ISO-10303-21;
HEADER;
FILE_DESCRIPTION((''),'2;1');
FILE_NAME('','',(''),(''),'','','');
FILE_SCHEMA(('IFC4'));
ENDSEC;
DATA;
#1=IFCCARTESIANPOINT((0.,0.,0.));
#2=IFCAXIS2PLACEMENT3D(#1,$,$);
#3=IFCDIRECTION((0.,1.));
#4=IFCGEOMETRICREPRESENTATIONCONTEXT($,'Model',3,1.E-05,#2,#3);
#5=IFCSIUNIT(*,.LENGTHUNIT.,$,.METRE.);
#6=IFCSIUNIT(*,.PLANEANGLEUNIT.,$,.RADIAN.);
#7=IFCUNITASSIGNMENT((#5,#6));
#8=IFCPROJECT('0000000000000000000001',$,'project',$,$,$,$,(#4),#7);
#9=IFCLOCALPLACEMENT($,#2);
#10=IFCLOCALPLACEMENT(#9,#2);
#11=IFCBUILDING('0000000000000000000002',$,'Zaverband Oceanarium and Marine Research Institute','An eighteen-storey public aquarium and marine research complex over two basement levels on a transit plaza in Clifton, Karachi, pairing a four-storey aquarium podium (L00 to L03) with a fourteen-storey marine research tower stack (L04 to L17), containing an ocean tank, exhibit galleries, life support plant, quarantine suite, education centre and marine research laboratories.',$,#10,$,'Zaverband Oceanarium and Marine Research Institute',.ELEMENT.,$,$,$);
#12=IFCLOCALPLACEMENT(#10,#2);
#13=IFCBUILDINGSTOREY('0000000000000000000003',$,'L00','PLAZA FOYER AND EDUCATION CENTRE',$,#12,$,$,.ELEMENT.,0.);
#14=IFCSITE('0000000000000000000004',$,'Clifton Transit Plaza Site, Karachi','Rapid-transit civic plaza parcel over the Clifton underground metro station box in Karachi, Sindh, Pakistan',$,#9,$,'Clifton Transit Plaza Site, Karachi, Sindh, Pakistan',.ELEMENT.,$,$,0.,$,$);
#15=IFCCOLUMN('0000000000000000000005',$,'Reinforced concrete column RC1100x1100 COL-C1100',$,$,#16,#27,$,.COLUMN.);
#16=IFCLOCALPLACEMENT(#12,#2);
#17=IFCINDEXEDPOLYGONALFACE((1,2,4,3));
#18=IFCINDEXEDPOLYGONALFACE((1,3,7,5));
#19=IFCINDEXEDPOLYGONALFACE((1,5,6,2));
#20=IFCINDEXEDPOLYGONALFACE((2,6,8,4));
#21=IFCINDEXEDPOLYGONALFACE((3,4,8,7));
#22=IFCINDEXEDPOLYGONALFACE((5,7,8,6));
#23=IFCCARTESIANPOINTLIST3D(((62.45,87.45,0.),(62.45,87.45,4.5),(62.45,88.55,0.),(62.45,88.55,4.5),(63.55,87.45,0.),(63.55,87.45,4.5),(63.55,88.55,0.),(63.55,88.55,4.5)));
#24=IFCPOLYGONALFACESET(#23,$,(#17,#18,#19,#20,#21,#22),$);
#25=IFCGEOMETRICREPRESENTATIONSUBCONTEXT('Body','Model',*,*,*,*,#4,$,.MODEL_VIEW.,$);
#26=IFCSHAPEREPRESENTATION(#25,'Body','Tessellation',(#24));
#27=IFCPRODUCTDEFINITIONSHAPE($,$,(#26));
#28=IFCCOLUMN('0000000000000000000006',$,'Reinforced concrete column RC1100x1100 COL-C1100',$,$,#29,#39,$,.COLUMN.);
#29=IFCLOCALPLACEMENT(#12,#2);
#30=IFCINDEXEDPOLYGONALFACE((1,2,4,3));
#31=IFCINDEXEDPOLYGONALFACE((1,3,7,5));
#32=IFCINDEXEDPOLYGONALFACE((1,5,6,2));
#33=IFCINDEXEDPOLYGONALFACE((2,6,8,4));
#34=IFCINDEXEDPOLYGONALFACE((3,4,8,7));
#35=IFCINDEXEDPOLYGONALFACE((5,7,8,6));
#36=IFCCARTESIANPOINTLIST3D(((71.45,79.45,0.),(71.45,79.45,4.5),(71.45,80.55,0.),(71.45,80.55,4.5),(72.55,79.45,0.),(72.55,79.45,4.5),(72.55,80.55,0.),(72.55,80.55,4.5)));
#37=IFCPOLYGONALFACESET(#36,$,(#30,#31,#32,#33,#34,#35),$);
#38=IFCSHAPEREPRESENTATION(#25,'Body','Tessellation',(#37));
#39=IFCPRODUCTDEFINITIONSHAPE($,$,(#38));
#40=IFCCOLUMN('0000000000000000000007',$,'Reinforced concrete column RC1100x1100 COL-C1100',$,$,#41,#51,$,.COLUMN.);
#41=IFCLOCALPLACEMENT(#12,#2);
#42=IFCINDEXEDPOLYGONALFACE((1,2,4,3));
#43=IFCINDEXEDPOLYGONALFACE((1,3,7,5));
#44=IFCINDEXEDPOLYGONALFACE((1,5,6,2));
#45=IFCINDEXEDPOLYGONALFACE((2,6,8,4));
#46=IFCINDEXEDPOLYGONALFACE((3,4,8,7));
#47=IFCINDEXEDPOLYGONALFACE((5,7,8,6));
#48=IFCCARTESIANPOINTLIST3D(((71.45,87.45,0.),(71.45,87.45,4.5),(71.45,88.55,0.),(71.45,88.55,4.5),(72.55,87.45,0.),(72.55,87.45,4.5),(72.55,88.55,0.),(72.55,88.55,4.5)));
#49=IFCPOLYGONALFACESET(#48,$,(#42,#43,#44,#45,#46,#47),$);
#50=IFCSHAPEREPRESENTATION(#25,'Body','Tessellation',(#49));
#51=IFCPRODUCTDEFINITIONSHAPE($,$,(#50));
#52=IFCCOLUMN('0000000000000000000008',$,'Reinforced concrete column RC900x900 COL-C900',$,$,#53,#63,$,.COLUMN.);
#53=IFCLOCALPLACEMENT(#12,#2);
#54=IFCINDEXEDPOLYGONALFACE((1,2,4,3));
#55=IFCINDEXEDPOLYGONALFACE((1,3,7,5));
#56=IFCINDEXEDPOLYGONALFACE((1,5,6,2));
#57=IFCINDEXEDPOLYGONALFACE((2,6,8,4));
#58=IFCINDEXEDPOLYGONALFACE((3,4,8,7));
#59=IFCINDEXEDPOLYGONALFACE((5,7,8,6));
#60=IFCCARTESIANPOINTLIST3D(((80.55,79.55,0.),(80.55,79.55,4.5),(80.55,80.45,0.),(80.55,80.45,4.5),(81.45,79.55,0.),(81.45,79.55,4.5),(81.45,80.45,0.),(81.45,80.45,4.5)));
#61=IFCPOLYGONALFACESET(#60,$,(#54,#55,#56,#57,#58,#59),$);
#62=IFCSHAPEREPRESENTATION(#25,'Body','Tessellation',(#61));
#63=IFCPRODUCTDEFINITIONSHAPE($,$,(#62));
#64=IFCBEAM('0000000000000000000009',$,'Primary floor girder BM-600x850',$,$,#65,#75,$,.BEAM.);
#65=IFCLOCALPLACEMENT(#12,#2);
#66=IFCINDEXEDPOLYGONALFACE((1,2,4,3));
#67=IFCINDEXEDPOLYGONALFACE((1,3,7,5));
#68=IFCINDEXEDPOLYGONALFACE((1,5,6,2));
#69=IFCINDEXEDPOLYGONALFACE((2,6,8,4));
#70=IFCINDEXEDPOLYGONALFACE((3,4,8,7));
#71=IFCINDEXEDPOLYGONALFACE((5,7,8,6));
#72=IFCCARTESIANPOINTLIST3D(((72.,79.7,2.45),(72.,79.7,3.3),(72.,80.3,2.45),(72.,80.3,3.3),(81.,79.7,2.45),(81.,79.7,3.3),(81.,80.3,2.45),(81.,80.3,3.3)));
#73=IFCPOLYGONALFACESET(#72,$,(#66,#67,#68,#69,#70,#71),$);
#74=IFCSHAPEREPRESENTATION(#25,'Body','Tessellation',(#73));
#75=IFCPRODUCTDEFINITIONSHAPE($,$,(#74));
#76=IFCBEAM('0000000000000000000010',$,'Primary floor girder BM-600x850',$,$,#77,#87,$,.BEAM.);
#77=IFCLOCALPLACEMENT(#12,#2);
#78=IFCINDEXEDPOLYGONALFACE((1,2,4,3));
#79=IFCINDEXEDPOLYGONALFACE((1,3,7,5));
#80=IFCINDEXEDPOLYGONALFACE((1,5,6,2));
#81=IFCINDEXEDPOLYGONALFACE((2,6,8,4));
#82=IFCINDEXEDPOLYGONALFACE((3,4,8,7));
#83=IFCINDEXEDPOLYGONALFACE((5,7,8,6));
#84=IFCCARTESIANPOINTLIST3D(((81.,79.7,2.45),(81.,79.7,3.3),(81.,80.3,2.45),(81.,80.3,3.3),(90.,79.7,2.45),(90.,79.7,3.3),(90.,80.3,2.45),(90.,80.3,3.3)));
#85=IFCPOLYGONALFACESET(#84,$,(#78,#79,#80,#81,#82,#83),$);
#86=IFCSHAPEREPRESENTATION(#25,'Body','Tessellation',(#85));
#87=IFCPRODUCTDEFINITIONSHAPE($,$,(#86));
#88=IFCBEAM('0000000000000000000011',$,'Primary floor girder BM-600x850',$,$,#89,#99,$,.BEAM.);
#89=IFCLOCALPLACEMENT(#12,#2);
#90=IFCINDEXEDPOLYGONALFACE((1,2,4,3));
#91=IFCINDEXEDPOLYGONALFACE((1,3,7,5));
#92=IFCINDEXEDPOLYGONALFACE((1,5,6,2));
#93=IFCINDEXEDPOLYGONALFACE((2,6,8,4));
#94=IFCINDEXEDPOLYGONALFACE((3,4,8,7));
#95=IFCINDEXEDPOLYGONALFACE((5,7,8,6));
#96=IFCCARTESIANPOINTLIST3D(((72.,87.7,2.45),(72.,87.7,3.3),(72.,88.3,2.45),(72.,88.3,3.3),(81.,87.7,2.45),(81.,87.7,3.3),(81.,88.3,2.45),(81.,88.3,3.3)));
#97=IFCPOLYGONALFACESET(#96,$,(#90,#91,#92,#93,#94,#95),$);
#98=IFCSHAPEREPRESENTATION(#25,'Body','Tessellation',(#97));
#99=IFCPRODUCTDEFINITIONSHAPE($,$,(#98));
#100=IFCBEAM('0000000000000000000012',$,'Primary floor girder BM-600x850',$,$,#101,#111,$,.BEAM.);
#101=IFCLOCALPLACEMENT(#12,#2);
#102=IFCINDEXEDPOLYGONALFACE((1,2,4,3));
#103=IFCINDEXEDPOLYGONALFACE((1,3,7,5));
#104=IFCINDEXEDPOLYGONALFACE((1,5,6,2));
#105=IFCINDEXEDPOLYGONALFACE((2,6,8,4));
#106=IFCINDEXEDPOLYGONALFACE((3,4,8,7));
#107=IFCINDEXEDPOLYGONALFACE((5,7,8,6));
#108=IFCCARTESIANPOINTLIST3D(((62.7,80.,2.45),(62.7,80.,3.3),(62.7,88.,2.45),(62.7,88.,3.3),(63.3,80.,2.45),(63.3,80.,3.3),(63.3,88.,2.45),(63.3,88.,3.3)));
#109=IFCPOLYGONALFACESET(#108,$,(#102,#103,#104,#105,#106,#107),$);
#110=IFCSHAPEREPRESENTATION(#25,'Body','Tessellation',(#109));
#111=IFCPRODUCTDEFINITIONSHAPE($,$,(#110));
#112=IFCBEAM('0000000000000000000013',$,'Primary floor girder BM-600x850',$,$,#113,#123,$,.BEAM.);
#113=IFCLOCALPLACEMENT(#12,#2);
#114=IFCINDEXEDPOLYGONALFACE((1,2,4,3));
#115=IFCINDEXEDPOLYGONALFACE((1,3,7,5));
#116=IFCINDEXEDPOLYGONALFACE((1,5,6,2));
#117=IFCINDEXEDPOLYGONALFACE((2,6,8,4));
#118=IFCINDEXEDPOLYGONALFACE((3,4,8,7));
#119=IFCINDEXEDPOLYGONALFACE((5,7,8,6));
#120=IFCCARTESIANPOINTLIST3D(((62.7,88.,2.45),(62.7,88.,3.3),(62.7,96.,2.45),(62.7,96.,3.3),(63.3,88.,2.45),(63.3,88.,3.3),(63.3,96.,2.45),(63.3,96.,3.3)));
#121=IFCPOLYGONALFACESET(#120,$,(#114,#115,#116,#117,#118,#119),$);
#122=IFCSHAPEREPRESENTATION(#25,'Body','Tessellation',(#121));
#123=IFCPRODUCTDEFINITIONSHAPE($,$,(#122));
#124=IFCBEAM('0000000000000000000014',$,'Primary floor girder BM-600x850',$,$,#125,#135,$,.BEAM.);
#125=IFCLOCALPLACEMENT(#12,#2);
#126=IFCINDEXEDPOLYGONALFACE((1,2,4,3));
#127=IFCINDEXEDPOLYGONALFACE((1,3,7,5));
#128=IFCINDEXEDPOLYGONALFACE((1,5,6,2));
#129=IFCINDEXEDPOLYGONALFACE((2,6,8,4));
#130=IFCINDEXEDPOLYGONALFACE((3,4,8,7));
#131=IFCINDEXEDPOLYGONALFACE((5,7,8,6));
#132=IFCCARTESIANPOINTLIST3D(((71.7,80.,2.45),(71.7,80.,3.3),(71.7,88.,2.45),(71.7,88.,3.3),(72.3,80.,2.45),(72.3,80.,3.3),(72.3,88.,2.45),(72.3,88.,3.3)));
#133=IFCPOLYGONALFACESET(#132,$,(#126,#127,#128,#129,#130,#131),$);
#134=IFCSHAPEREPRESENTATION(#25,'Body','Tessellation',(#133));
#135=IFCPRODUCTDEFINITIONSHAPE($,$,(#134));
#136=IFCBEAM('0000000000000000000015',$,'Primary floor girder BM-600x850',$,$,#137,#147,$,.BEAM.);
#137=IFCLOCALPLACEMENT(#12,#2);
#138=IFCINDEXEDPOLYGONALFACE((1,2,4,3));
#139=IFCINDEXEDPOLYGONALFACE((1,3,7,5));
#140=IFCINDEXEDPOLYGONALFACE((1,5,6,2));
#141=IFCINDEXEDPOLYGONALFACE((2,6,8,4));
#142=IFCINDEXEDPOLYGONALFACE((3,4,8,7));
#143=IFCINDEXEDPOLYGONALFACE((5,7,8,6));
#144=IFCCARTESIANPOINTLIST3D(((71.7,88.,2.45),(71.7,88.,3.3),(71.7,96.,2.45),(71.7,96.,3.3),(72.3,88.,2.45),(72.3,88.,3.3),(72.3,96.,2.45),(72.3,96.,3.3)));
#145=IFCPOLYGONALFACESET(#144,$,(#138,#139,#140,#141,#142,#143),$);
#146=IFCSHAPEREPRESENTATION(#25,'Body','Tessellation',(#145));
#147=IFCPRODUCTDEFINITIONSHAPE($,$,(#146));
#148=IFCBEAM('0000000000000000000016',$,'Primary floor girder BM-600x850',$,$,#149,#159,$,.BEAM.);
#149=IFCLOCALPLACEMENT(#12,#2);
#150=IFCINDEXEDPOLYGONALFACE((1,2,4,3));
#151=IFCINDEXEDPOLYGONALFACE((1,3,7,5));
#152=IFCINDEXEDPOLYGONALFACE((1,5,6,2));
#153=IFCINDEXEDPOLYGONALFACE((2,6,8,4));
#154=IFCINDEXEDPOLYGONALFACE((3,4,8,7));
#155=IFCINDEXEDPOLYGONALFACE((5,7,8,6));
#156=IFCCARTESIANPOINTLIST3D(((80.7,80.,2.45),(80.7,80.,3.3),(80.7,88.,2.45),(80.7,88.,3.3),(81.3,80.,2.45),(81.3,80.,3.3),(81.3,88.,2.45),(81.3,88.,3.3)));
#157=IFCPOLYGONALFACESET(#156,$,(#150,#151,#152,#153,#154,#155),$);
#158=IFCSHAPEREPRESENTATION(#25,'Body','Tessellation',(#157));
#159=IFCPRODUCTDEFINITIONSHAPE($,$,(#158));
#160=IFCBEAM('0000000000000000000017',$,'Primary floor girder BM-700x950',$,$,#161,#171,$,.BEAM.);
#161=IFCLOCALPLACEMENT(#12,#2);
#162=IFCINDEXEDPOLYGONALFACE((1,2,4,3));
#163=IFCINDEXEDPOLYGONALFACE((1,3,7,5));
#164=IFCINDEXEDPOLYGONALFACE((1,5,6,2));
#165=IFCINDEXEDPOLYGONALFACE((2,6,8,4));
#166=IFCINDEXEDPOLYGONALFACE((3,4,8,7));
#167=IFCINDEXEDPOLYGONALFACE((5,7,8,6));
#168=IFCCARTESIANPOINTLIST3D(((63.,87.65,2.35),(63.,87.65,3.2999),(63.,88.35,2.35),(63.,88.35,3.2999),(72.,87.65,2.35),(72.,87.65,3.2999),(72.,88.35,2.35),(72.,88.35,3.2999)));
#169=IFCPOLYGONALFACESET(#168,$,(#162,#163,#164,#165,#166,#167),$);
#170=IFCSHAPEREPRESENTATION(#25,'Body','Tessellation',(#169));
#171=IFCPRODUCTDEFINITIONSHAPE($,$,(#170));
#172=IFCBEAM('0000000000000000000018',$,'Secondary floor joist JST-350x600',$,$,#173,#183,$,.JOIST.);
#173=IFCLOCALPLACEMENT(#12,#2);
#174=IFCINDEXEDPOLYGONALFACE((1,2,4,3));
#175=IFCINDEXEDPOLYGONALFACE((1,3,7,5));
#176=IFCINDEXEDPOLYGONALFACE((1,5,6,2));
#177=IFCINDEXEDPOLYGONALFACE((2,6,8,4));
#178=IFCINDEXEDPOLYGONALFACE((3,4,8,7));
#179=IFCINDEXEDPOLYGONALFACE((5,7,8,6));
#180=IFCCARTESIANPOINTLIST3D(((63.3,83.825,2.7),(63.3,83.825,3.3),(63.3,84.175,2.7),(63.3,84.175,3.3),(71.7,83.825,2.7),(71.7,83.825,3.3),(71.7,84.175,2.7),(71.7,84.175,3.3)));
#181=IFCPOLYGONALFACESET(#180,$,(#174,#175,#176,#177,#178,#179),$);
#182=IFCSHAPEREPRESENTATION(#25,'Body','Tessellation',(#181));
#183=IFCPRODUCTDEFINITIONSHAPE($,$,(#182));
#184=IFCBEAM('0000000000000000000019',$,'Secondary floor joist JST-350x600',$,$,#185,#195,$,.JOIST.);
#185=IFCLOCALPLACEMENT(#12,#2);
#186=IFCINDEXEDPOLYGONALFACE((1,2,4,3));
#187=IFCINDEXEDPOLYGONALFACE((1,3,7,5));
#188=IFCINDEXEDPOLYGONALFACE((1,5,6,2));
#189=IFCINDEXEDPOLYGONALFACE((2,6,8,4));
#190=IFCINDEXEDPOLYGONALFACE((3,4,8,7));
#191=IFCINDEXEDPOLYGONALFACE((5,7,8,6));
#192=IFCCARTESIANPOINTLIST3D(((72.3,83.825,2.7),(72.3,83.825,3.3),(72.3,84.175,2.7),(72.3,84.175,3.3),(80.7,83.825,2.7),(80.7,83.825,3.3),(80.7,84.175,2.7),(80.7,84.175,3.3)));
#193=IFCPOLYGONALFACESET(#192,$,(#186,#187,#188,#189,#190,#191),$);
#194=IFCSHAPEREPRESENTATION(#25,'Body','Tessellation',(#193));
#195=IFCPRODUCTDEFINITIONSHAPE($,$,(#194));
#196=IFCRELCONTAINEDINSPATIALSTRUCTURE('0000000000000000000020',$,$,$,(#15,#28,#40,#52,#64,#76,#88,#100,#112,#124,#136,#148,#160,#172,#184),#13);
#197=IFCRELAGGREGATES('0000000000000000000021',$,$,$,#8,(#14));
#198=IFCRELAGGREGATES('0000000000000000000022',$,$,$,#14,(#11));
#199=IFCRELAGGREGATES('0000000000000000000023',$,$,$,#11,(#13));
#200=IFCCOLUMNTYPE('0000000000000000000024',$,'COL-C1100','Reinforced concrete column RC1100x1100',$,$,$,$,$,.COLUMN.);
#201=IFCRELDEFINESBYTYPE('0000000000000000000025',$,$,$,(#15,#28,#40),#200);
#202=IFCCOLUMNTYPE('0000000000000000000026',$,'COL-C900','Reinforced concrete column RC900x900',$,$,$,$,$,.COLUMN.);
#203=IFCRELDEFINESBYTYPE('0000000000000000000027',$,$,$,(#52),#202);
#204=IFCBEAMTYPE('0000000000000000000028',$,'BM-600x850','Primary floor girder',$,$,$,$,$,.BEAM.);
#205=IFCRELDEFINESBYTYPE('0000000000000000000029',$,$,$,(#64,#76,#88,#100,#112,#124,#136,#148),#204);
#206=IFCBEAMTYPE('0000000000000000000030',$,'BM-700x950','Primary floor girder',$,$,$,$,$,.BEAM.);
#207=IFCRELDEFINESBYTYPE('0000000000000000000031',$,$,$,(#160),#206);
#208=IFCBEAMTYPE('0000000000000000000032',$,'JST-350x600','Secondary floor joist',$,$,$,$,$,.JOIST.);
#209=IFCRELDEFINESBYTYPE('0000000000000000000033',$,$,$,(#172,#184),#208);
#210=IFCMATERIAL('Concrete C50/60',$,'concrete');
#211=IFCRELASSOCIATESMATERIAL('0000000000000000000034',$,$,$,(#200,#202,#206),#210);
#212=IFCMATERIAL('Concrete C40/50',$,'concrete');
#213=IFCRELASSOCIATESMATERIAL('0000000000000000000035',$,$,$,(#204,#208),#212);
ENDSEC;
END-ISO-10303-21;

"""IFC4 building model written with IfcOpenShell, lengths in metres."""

from ifc_helpers import new_model, si_unit, direction, frame, origin, origin_2d, place, context, subcontext, project, spatial, rectangle, extrude, material, material_profile, profile_set, type_object, element, save


model = new_model("IFC4")

# Units and contexts
model_context = context("Model", 3, precision=1e-05, world=origin(), true_north=direction((0.0, 1.0)))
body_context = subcontext(model_context, "Body", "Model", "MODEL_VIEW")
ifc_project = project(units=[si_unit("LENGTHUNIT", "METRE"), si_unit("PLANEANGLEUNIT", "RADIAN")], contexts=[model_context])

# Site, building, storey
site_placement = place(None, origin())
site = spatial("IfcSite", under=ifc_project, at=site_placement, Name="Clifton Transit Plaza Site, Karachi", Description="Rapid-transit civic plaza parcel over the Clifton underground metro station box in Karachi, Sindh, Pakistan", LongName="Clifton Transit Plaza Site, Karachi, Sindh, Pakistan", CompositionType="ELEMENT", RefElevation=0.0)
building_placement = place(site_placement, origin())
building = spatial("IfcBuilding", under=site, at=building_placement, Name="Zaverband Oceanarium and Marine Research Institute", Description="An eighteen-storey public aquarium and marine research complex over two basement levels on a transit plaza in Clifton, Karachi, pairing a four-storey aquarium podium (L00 to L03) with a fourteen-storey marine research tower stack (L04 to L17), containing an ocean tank, exhibit galleries, life support plant, quarantine suite, education centre and marine research laboratories.", LongName="Zaverband Oceanarium and Marine Research Institute", CompositionType="ELEMENT")
storey_placement = place(building_placement, origin())
storey = spatial("IfcBuildingStorey", under=building, at=storey_placement, Name="L00", Description="PLAZA FOYER AND EDUCATION CENTRE", CompositionType="ELEMENT", Elevation=0.0)

# Columns
ifc_material_1 = material(Name="Concrete C50/60", Category="concrete")
ifc_material_profile_1 = material_profile(ifc_material_1, rectangle(XDim=1.1001, YDim=1.1001, at=origin_2d()), Name="RC1100x1100")
ifc_profile_set_1 = profile_set([ifc_material_profile_1], Name="Concrete C50/60")
column_type_1 = type_object("IfcColumnType", Name="COL-C1100", Description="Reinforced concrete column RC1100x1100", PredefinedType="COLUMN", material=ifc_profile_set_1)
for number, where, z_axis, x_axis, name in (
    (1, (63.0, 88.0, 0.0), (0.0, 0.0, 1.0), (1.0, 0.0, 0.0), "Reinforced concrete column RC1100x1100 COL-C1100"),
    (2, (72.0, 80.0, 0.0), (0.0, 0.0, 1.0), (1.0, 0.0, 0.0), "Reinforced concrete column RC1100x1100 COL-C1100"),
    (3, (72.0, 88.0, 0.0), (0.0, 0.0, 1.0), (1.0, 0.0, 0.0), "Reinforced concrete column RC1100x1100 COL-C1100"),
):
    element("IfcColumn", number, at=place(storey_placement, frame(where, z_axis=z_axis, x_axis=x_axis)), inside=storey, type_object=column_type_1, Name=name, PredefinedType="COLUMN", context=body_context, shape_type="SweptSolid", body=[
        extrude(rectangle(XDim=1.1001, YDim=1.1001, at=origin_2d()), origin(), (0.0, 0.0, 1.0), 4.5),
    ])
ifc_material_profile_2 = material_profile(ifc_material_1, rectangle(XDim=0.8999, YDim=0.8999, at=origin_2d()), Name="RC900x900")
ifc_profile_set_2 = profile_set([ifc_material_profile_2], Name="Concrete C50/60")
column_type_2 = type_object("IfcColumnType", Name="COL-C900", Description="Reinforced concrete column RC900x900", PredefinedType="COLUMN", material=ifc_profile_set_2)
column_placement = place(storey_placement, frame((81.0, 80.0, 0.0), z_axis=(0.0, 0.0, 1.0), x_axis=(1.0, 0.0, 0.0)))
element("IfcColumn", 4, at=column_placement, inside=storey, type_object=column_type_2, Name="Reinforced concrete column RC900x900 COL-C900", PredefinedType="COLUMN", context=body_context, shape_type="SweptSolid", body=[
    extrude(rectangle(XDim=0.8999, YDim=0.8999, at=origin_2d()), origin(), (0.0, 0.0, 1.0), 4.5),
])

# Beams
ifc_material_2 = material(Name="Concrete C40/50", Category="concrete")
ifc_material_profile_3 = material_profile(ifc_material_2, rectangle(XDim=0.6001, YDim=0.8501, at=origin_2d()), Name="RC600x850")
ifc_profile_set_3 = profile_set([ifc_material_profile_3], Name="Concrete C40/50")
beam_type_1 = type_object("IfcBeamType", Name="BM-600x850", Description="Primary floor girder", PredefinedType="BEAM", material=ifc_profile_set_3)
for number, where, z_axis, x_axis, name in (
    (5, (72.0, 80.0, 2.875), (1.0, 0.0, 0.0), (0.0, 1.0, 0.0), "Primary floor girder BM-600x850"),
    (6, (81.0, 80.0, 2.875), (1.0, 0.0, 0.0), (0.0, 1.0, 0.0), "Primary floor girder BM-600x850"),
    (7, (72.0, 88.0, 2.875), (1.0, 0.0, 0.0), (0.0, 1.0, 0.0), "Primary floor girder BM-600x850"),
):
    element("IfcBeam", number, at=place(storey_placement, frame(where, z_axis=z_axis, x_axis=x_axis)), inside=storey, type_object=beam_type_1, Name=name, PredefinedType="BEAM", context=body_context, shape_type="SweptSolid", body=[
        extrude(rectangle(XDim=0.6001, YDim=0.8501, at=origin_2d()), origin(), (0.0, 0.0, 1.0), 9.0),
    ])
for number, where, z_axis, x_axis, name in (
    (8, (63.0, 80.0, 2.875), (0.0, 1.0, 0.0), (-1.0, 0.0, 0.0), "Primary floor girder BM-600x850"),
    (9, (63.0, 88.0, 2.875), (0.0, 1.0, 0.0), (-1.0, 0.0, 0.0), "Primary floor girder BM-600x850"),
    (10, (72.0, 80.0, 2.875), (0.0, 1.0, 0.0), (-1.0, 0.0, 0.0), "Primary floor girder BM-600x850"),
    (11, (72.0, 88.0, 2.875), (0.0, 1.0, 0.0), (-1.0, 0.0, 0.0), "Primary floor girder BM-600x850"),
    (12, (81.0, 80.0, 2.875), (0.0, 1.0, 0.0), (-1.0, 0.0, 0.0), "Primary floor girder BM-600x850"),
):
    element("IfcBeam", number, at=place(storey_placement, frame(where, z_axis=z_axis, x_axis=x_axis)), inside=storey, type_object=beam_type_1, Name=name, PredefinedType="BEAM", context=body_context, shape_type="SweptSolid", body=[
        extrude(rectangle(XDim=0.6001, YDim=0.8501, at=origin_2d()), origin(), (0.0, 0.0, 1.0), 8.0),
    ])
ifc_material_profile_4 = material_profile(ifc_material_1, rectangle(XDim=0.7, YDim=0.95, at=origin_2d()), Name="RC700x950")
ifc_profile_set_4 = profile_set([ifc_material_profile_4], Name="Concrete C50/60")
beam_type_2 = type_object("IfcBeamType", Name="BM-700x950", Description="Primary floor girder", PredefinedType="BEAM", material=ifc_profile_set_4)
beam_placement = place(storey_placement, frame((63.0, 88.0, 2.825), z_axis=(1.0, 0.0, 0.0), x_axis=(0.0, 1.0, 0.0)))
element("IfcBeam", 13, at=beam_placement, inside=storey, type_object=beam_type_2, Name="Primary floor girder BM-700x950", PredefinedType="BEAM", context=body_context, shape_type="SweptSolid", body=[
    extrude(rectangle(XDim=0.7, YDim=0.95, at=origin_2d()), origin(), (0.0, 0.0, 1.0), 9.0),
])
ifc_material_profile_5 = material_profile(ifc_material_2, rectangle(XDim=0.3501, YDim=0.6001, at=origin_2d()), Name="RC350x600")
ifc_profile_set_5 = profile_set([ifc_material_profile_5], Name="Concrete C40/50")
beam_type_3 = type_object("IfcBeamType", Name="JST-350x600", Description="Secondary floor joist", PredefinedType="JOIST", material=ifc_profile_set_5)
for number, where, z_axis, x_axis, name in (
    (14, (63.3, 84.0, 3.0), (1.0, 0.0, 0.0), (0.0, 1.0, 0.0), "Secondary floor joist JST-350x600"),
    (15, (72.3, 84.0, 3.0), (1.0, 0.0, 0.0), (0.0, 1.0, 0.0), "Secondary floor joist JST-350x600"),
):
    element("IfcBeam", number, at=place(storey_placement, frame(where, z_axis=z_axis, x_axis=x_axis)), inside=storey, type_object=beam_type_3, Name=name, PredefinedType="JOIST", context=body_context, shape_type="SweptSolid", body=[
        extrude(rectangle(XDim=0.3501, YDim=0.6001, at=origin_2d()), origin(), (0.0, 0.0, 1.0), 8.3999),
    ])

save(model, "model.ifc")
